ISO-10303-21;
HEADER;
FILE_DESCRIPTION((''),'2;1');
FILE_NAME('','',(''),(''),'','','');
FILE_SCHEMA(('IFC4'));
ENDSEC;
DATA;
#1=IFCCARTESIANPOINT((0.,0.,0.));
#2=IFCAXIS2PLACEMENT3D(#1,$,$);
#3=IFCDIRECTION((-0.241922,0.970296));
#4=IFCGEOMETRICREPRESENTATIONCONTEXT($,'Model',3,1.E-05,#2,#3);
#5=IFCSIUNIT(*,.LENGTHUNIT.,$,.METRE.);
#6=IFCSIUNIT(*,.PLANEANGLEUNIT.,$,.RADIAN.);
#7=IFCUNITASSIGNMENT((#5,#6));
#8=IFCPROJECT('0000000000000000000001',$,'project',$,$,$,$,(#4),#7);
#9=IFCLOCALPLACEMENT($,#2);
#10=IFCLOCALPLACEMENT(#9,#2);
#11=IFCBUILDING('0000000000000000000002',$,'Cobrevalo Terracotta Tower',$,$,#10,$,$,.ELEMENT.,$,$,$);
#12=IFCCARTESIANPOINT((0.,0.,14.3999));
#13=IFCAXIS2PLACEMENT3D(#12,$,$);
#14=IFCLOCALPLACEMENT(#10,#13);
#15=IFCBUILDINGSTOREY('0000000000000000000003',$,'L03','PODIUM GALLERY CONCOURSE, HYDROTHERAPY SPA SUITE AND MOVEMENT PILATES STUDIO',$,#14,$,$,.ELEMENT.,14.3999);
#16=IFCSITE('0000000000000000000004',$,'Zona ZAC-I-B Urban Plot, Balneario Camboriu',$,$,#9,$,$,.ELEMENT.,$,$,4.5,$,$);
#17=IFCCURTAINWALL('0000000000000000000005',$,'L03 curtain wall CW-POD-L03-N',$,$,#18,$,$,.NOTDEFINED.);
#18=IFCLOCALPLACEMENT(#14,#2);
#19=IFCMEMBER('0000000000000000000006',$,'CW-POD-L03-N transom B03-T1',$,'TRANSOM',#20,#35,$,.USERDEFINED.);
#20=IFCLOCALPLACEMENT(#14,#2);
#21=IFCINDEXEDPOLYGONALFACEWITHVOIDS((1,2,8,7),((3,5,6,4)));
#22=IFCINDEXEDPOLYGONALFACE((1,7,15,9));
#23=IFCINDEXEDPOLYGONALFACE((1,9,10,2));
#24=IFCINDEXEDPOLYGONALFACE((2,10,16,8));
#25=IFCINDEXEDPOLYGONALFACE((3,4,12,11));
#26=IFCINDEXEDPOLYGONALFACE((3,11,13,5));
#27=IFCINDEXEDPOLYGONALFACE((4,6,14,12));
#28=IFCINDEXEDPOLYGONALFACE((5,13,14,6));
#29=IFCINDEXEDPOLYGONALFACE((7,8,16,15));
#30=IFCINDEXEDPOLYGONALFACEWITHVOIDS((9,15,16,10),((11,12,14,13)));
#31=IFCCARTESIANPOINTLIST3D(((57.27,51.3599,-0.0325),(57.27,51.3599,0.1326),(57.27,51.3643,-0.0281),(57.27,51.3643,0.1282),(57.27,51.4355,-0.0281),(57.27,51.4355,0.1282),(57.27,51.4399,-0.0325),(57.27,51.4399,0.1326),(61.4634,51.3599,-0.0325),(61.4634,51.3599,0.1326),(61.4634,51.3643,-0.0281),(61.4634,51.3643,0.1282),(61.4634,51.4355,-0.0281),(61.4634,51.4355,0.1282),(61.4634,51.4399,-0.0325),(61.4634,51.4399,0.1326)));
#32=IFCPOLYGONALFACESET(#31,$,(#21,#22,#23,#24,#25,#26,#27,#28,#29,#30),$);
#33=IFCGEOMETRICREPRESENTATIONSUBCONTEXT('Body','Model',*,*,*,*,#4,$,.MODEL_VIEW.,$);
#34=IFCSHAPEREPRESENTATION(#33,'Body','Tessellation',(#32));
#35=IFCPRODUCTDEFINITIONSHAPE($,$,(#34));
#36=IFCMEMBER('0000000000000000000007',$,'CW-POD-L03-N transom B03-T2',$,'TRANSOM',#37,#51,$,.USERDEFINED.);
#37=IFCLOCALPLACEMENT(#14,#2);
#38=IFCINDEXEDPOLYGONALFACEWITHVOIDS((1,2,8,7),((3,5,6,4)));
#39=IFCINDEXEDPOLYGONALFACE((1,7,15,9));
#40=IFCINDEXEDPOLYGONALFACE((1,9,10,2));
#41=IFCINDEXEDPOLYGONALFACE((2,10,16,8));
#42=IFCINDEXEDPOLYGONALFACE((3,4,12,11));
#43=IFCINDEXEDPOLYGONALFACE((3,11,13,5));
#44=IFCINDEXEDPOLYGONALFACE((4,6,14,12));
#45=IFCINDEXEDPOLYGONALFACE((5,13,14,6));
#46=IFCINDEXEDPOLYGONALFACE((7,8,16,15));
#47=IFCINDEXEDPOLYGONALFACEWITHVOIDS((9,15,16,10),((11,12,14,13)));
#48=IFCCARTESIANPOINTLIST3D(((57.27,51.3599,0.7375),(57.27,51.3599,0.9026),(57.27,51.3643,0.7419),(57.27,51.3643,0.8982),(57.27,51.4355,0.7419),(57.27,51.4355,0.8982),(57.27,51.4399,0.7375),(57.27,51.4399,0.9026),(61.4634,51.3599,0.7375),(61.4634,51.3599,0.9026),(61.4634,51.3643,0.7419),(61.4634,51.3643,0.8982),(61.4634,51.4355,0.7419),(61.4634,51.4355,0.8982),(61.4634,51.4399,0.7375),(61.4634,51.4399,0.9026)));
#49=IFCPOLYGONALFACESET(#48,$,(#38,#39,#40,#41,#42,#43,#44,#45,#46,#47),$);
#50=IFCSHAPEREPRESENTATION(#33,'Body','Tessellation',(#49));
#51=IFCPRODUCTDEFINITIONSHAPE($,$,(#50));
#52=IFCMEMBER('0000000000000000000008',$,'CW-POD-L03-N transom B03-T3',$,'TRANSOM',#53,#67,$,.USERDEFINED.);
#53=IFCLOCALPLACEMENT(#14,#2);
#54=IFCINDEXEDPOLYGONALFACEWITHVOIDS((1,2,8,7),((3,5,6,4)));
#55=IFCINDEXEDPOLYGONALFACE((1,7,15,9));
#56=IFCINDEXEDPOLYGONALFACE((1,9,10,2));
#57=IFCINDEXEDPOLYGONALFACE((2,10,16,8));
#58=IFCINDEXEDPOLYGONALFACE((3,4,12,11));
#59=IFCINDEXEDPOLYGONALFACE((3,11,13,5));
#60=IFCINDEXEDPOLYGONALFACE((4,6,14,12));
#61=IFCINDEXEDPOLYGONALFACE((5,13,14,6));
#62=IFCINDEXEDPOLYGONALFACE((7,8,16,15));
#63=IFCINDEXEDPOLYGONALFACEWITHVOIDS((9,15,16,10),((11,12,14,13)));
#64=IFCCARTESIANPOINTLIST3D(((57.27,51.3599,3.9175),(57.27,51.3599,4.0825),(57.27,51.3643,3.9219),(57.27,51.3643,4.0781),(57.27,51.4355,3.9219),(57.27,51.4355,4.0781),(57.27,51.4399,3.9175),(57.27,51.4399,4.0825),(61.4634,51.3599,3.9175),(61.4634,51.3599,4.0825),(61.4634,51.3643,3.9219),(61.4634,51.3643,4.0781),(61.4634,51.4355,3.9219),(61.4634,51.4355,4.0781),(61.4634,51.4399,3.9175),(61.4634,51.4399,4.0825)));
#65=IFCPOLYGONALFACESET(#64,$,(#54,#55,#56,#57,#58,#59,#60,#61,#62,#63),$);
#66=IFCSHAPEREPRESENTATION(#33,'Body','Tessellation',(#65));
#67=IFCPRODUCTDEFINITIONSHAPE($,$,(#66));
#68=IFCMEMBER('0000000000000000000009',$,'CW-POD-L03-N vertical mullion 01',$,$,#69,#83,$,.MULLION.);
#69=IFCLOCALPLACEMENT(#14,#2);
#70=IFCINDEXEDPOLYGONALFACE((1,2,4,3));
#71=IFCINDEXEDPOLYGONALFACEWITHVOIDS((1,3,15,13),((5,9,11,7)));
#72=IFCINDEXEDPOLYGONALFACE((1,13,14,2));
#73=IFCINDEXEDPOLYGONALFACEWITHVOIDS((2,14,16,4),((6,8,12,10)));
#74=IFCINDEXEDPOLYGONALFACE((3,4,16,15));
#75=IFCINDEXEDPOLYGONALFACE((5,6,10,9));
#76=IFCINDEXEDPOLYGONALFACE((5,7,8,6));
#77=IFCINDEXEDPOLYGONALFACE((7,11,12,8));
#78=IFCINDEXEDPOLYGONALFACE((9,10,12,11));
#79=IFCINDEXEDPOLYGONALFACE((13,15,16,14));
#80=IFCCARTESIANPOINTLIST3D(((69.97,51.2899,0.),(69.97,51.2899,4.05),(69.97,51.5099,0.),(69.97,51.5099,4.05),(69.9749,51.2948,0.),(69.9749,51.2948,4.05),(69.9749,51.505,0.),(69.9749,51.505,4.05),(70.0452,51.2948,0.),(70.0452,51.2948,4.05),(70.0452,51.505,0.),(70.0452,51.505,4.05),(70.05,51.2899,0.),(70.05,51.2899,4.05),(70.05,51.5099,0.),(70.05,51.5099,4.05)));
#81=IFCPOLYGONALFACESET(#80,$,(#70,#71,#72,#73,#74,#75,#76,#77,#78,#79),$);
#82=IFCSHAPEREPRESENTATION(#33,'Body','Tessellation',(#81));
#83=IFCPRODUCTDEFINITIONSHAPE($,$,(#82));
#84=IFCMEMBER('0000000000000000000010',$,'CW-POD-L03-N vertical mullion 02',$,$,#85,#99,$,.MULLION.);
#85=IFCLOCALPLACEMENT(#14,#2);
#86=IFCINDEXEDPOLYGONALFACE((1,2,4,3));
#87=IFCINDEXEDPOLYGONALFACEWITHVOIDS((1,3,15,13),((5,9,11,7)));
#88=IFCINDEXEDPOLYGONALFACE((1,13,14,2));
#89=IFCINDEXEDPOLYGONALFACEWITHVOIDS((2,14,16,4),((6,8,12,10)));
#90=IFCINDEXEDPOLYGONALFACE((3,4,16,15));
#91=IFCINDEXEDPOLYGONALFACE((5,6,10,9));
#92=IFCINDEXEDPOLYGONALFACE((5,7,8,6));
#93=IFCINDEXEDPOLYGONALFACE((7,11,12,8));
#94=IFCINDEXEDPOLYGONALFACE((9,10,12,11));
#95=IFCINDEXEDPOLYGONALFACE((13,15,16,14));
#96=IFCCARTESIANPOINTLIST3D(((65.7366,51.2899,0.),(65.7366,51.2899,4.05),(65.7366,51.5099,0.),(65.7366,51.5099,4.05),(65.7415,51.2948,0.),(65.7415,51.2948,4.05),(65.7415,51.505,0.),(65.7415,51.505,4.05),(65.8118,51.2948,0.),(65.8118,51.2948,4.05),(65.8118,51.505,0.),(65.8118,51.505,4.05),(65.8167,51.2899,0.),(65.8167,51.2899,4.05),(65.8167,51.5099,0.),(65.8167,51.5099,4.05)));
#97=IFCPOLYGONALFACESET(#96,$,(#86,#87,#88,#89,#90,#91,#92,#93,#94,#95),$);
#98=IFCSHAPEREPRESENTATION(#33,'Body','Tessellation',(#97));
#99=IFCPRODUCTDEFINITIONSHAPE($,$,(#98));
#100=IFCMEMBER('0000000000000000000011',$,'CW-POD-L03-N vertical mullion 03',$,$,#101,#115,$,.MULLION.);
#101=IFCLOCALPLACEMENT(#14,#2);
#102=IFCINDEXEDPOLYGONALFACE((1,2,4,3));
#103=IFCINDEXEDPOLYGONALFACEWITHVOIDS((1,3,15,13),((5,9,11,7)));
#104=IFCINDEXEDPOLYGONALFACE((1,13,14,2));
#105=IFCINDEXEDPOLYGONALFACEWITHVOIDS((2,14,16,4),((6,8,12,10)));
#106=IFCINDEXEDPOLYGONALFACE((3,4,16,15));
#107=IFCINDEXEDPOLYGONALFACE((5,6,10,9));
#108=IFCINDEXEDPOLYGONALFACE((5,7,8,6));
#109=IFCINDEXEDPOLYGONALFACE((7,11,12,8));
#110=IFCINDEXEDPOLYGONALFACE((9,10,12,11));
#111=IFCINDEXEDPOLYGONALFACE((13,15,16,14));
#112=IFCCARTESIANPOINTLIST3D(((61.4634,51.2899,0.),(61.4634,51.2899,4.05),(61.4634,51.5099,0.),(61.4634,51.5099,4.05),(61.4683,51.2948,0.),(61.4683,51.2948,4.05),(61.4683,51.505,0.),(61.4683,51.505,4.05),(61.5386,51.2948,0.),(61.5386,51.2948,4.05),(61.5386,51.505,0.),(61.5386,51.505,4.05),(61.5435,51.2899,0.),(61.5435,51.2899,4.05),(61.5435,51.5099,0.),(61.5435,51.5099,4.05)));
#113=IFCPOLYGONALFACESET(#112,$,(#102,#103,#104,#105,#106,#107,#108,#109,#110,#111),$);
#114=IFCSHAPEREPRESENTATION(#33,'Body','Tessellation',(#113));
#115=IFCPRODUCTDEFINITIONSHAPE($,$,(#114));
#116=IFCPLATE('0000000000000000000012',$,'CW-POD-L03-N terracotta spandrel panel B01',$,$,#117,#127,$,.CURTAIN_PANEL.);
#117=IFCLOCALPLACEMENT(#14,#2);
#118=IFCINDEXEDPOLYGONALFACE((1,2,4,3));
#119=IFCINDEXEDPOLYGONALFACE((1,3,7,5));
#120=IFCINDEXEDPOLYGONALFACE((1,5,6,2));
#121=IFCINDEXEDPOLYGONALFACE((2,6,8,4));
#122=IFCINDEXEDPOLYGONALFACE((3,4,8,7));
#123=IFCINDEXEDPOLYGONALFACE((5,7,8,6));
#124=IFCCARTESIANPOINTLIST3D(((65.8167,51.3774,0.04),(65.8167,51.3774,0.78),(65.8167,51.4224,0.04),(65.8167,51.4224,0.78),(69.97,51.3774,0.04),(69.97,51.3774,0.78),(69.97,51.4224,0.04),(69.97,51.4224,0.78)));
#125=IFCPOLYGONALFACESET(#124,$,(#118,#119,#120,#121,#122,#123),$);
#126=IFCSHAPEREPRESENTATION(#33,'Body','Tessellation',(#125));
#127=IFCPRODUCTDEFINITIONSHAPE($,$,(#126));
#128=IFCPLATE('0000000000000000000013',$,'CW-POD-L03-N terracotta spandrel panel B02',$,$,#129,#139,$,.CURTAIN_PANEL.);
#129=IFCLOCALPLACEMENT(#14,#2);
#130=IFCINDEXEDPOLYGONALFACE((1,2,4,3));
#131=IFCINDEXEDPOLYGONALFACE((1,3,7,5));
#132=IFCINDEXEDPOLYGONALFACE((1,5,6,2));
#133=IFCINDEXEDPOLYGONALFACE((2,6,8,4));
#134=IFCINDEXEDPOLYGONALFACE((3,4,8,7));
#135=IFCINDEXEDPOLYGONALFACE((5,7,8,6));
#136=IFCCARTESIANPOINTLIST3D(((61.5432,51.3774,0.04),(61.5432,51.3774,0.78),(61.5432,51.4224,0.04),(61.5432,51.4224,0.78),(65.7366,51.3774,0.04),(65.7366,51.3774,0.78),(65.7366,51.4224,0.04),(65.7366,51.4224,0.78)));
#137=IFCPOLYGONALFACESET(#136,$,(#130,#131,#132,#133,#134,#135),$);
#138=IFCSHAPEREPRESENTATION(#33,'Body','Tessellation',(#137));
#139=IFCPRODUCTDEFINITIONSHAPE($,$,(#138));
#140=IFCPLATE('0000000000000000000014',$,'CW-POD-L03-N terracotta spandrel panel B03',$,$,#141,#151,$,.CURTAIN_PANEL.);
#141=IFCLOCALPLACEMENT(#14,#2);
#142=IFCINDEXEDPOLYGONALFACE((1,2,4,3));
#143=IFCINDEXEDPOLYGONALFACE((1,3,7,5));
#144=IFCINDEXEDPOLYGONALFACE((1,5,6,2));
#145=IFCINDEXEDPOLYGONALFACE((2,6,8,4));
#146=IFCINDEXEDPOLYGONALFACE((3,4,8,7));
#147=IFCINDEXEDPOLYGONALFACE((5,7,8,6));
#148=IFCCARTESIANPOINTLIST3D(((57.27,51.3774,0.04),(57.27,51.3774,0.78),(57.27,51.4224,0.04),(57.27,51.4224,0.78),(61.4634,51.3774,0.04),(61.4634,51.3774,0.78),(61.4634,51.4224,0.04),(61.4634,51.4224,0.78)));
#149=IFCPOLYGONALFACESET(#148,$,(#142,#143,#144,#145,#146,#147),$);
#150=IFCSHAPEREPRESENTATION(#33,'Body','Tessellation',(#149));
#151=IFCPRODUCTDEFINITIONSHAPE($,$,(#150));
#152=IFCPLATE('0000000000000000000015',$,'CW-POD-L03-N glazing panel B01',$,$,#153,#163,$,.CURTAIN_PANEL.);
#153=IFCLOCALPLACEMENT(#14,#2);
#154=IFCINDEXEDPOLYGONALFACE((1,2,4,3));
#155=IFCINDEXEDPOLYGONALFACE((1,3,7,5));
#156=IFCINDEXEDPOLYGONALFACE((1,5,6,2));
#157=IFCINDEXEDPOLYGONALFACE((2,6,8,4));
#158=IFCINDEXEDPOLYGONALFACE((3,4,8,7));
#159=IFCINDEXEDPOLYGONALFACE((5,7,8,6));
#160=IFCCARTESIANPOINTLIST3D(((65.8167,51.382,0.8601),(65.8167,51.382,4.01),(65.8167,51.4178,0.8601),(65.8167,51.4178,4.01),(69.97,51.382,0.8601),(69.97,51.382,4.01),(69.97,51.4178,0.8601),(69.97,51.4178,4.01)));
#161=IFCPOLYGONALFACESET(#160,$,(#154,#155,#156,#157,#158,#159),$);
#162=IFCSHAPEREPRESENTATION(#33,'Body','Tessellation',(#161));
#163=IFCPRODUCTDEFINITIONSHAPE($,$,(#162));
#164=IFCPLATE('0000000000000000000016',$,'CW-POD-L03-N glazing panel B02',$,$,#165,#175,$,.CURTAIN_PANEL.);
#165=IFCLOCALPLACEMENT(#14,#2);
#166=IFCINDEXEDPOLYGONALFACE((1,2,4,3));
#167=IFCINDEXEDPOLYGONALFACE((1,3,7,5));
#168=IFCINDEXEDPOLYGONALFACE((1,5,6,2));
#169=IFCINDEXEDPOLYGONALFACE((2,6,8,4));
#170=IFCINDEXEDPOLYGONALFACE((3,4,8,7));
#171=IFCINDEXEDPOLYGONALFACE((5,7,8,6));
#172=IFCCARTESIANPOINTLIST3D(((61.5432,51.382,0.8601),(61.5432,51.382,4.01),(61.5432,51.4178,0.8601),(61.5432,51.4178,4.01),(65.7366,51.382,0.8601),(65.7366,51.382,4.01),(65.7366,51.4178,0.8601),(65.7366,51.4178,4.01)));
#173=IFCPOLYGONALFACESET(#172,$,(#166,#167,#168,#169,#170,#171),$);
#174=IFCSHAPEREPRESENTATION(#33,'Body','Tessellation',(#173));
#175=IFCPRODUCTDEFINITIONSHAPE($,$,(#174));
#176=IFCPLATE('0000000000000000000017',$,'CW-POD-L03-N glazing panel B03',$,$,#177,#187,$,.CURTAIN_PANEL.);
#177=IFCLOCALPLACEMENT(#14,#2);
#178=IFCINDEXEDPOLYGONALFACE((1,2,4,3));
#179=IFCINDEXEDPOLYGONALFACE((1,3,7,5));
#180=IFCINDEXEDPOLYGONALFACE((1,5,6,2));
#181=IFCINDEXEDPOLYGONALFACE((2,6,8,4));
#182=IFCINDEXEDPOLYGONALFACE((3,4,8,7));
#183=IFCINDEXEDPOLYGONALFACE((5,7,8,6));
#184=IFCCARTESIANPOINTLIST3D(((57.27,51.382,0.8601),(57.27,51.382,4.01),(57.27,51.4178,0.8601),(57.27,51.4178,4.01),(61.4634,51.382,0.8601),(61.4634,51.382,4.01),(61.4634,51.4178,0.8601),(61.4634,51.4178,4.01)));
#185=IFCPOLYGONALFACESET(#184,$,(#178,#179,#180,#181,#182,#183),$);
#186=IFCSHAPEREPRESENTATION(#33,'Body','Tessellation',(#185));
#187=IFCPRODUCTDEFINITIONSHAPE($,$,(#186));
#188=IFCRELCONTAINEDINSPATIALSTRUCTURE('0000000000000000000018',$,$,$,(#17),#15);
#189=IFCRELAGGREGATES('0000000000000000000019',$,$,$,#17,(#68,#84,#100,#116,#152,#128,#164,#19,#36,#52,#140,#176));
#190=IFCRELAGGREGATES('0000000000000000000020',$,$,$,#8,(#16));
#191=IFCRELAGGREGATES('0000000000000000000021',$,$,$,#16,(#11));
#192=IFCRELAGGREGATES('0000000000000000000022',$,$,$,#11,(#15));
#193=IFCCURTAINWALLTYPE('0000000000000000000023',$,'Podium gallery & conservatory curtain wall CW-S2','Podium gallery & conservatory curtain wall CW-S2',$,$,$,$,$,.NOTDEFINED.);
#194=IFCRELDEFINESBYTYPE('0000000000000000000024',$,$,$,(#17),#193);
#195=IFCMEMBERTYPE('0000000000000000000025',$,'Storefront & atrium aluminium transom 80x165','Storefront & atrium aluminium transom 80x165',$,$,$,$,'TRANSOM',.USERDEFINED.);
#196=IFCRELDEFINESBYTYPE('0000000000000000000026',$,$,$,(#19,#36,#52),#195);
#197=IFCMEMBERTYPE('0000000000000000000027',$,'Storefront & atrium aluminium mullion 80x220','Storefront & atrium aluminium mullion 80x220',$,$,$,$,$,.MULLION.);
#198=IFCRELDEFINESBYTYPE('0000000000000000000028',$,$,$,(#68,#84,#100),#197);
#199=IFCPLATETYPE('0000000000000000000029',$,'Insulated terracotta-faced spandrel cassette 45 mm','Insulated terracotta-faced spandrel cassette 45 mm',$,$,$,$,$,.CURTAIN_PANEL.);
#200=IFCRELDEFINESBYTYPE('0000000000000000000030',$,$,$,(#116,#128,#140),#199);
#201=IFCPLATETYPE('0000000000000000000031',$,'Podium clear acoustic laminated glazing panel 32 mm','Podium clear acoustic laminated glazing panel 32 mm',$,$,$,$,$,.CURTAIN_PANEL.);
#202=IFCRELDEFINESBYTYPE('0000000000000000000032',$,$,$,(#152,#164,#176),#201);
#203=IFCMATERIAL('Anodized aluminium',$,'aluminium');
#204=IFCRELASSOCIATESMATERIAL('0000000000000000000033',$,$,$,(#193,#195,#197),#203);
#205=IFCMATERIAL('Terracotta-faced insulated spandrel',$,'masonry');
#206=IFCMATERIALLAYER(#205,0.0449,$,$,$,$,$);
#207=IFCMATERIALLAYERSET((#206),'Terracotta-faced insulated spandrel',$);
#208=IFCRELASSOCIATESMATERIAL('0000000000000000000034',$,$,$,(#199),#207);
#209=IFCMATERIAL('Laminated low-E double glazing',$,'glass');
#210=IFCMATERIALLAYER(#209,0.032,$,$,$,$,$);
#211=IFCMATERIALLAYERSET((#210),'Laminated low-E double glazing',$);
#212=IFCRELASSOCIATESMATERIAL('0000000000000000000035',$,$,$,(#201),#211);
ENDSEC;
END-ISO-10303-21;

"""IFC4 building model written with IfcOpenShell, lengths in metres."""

from ifc_helpers import new_model, si_unit, direction, frame, origin, origin_2d, place, context, subcontext, project, spatial, rectangle, hollow_rectangle, extrude, source, transform, mapped, material, layer, layer_set, material_profile, profile_set, type_object, element, aggregate, save


model = new_model("IFC4")

# Units and contexts
model_context = context("Model", 3, precision=1e-05, world=origin(), true_north=direction((-0.241922, 0.970296)))
body_context = subcontext(model_context, "Body", "Model", "MODEL_VIEW")
ifc_project = project(units=[si_unit("LENGTHUNIT", "METRE"), si_unit("PLANEANGLEUNIT", "RADIAN")], contexts=[model_context])

# Site, building, storey
site_placement = place(None, origin())
site = spatial("IfcSite", under=ifc_project, at=site_placement, Name="Zona ZAC-I-B Urban Plot, Balneario Camboriu", CompositionType="ELEMENT", RefElevation=4.5)
building_placement = place(site_placement, origin())
building = spatial("IfcBuilding", under=site, at=building_placement, Name="Cobrevalo Terracotta Tower", CompositionType="ELEMENT")
storey_placement = place(building_placement, frame((0.0, 0.0, 14.3999)))
storey = spatial("IfcBuildingStorey", under=building, at=storey_placement, Name="L03", Description="PODIUM GALLERY CONCOURSE, HYDROTHERAPY SPA SUITE AND MOVEMENT PILATES STUDIO", CompositionType="ELEMENT", Elevation=14.3999)

# Curtain wall, members, plates
ifc_material_1 = material(Name="Anodized aluminium", Category="aluminium")
curtain_wall_type = type_object("IfcCurtainWallType", Name="Podium gallery & conservatory curtain wall CW-S2", Description="Podium gallery & conservatory curtain wall CW-S2", PredefinedType="NOTDEFINED", material=ifc_material_1)
curtain_wall_placement = place(storey_placement, origin())
curtain_wall = element("IfcCurtainWall", 1, at=curtain_wall_placement, inside=storey, type_object=curtain_wall_type, Name="L03 curtain wall CW-POD-L03-N", PredefinedType="NOTDEFINED")
ifc_material_profile_1 = material_profile(ifc_material_1, hollow_rectangle(XDim=0.0801, YDim=0.165, WallThickness=0.0044, at=origin_2d()), Name="CWT 80x165")
ifc_profile_set_1 = profile_set([ifc_material_profile_1], Name="Anodized aluminium")
member_type_1 = type_object("IfcMemberType", Name="Storefront & atrium aluminium transom 80x165", Description="Storefront & atrium aluminium transom 80x165", ElementType="TRANSOM", PredefinedType="USERDEFINED", material=ifc_profile_set_1)
shared_shape_1 = source(origin(), body_context, "Body", "SweptSolid", [
    extrude(hollow_rectangle(XDim=0.0801, YDim=0.165, WallThickness=0.0044, at=origin_2d()), origin(), (0.0, 0.0, 1.0), 4.1934),
])
member_1_placement = place(storey_placement, frame((61.4634, 51.3999, 0.05), z_axis=(-1.0, 0.0, 0.0), x_axis=(0.0, -1.0, 0.0)))
member_1 = element("IfcMember", 2, at=member_1_placement, type_object=member_type_1, Name="CW-POD-L03-N transom B03-T1", ObjectType="TRANSOM", PredefinedType="USERDEFINED", context=body_context, shape_type="MappedRepresentation", body=[
    mapped(shared_shape_1, transform((0.0, 0.0, 0.0), scale=1.0)),
])
member_2_placement = place(storey_placement, frame((61.4634, 51.3999, 0.8201), z_axis=(-1.0, 0.0, 0.0), x_axis=(0.0, -1.0, 0.0)))
member_2 = element("IfcMember", 3, at=member_2_placement, type_object=member_type_1, Name="CW-POD-L03-N transom B03-T2", ObjectType="TRANSOM", PredefinedType="USERDEFINED", context=body_context, shape_type="MappedRepresentation", body=[
    mapped(shared_shape_1, transform((0.0, 0.0, 0.0), scale=1.0)),
])
member_3_placement = place(storey_placement, frame((61.4634, 51.3999, 4.0), z_axis=(-1.0, 0.0, 0.0), x_axis=(0.0, -1.0, 0.0)))
member_3 = element("IfcMember", 4, at=member_3_placement, type_object=member_type_1, Name="CW-POD-L03-N transom B03-T3", ObjectType="TRANSOM", PredefinedType="USERDEFINED", context=body_context, shape_type="MappedRepresentation", body=[
    mapped(shared_shape_1, transform((0.0, 0.0, 0.0), scale=1.0)),
])
ifc_material_profile_2 = material_profile(ifc_material_1, hollow_rectangle(XDim=0.0801, YDim=0.22, WallThickness=0.0049, at=origin_2d()), Name="CWM 80x220")
ifc_profile_set_2 = profile_set([ifc_material_profile_2], Name="Anodized aluminium")
member_type_2 = type_object("IfcMemberType", Name="Storefront & atrium aluminium mullion 80x220", Description="Storefront & atrium aluminium mullion 80x220", PredefinedType="MULLION", material=ifc_profile_set_2)
shared_shape_2 = source(origin(), body_context, "Body", "SweptSolid", [
    extrude(hollow_rectangle(XDim=0.0801, YDim=0.22, WallThickness=0.0049, at=origin_2d()), origin(), (0.0, 0.0, 1.0), 4.05),
])
member_4_placement = place(storey_placement, frame((70.01, 51.3999, 0.0), z_axis=(0.0, 0.0, 1.0), x_axis=(-1.0, 0.0, 0.0)))
member_4 = element("IfcMember", 5, at=member_4_placement, type_object=member_type_2, Name="CW-POD-L03-N vertical mullion 01", PredefinedType="MULLION", context=body_context, shape_type="MappedRepresentation", body=[
    mapped(shared_shape_2, transform((0.0, 0.0, 0.0), scale=1.0)),
])
member_5_placement = place(storey_placement, frame((65.7766, 51.3999, 0.0), z_axis=(0.0, 0.0, 1.0), x_axis=(-1.0, 0.0, 0.0)))
member_5 = element("IfcMember", 6, at=member_5_placement, type_object=member_type_2, Name="CW-POD-L03-N vertical mullion 02", PredefinedType="MULLION", context=body_context, shape_type="MappedRepresentation", body=[
    mapped(shared_shape_2, transform((0.0, 0.0, 0.0), scale=1.0)),
])
member_6_placement = place(storey_placement, frame((61.5034, 51.3999, 0.0), z_axis=(0.0, 0.0, 1.0), x_axis=(-1.0, 0.0, 0.0)))
member_6 = element("IfcMember", 7, at=member_6_placement, type_object=member_type_2, Name="CW-POD-L03-N vertical mullion 03", PredefinedType="MULLION", context=body_context, shape_type="MappedRepresentation", body=[
    mapped(shared_shape_2, transform((0.0, 0.0, 0.0), scale=1.0)),
])
ifc_material_2 = material(Name="Terracotta-faced insulated spandrel", Category="masonry")
ifc_layer_1 = layer(ifc_material_2, 0.0449)
ifc_layer_set_1 = layer_set([ifc_layer_1], Name="Terracotta-faced insulated spandrel")
plate_type_1 = type_object("IfcPlateType", Name="Insulated terracotta-faced spandrel cassette 45 mm", Description="Insulated terracotta-faced spandrel cassette 45 mm", PredefinedType="CURTAIN_PANEL", material=ifc_layer_set_1)
shared_shape_3 = source(origin(), body_context, "Body", "SweptSolid", [
    extrude(rectangle(XDim=4.1533, YDim=0.0449, at=origin_2d()), origin(), (0.0, 0.0, 1.0), 0.74),
])
plate_1_placement = place(storey_placement, frame((67.8933, 51.3999, 0.04), z_axis=(0.0, 0.0, 1.0), x_axis=(-1.0, 0.0, 0.0)))
plate_1 = element("IfcPlate", 8, at=plate_1_placement, type_object=plate_type_1, Name="CW-POD-L03-N terracotta spandrel panel B01", PredefinedType="CURTAIN_PANEL", context=body_context, shape_type="MappedRepresentation", body=[
    mapped(shared_shape_3, transform((0.0, 0.0, 0.0), scale=1.0)),
])
shared_shape_4 = source(origin(), body_context, "Body", "SweptSolid", [
    extrude(rectangle(XDim=4.1934, YDim=0.0449, at=origin_2d()), origin(), (0.0, 0.0, 1.0), 0.74),
])
plate_2_placement = place(storey_placement, frame((63.6399, 51.3999, 0.04), z_axis=(0.0, 0.0, 1.0), x_axis=(-1.0, 0.0, 0.0)))
plate_2 = element("IfcPlate", 9, at=plate_2_placement, type_object=plate_type_1, Name="CW-POD-L03-N terracotta spandrel panel B02", PredefinedType="CURTAIN_PANEL", context=body_context, shape_type="MappedRepresentation", body=[
    mapped(shared_shape_4, transform((0.0, 0.0, 0.0), scale=1.0)),
])
plate_3_placement = place(storey_placement, frame((59.3667, 51.3999, 0.04), z_axis=(0.0, 0.0, 1.0), x_axis=(-1.0, 0.0, 0.0)))
plate_3 = element("IfcPlate", 10, at=plate_3_placement, type_object=plate_type_1, Name="CW-POD-L03-N terracotta spandrel panel B03", PredefinedType="CURTAIN_PANEL", context=body_context, shape_type="MappedRepresentation", body=[
    mapped(shared_shape_4, transform((0.0, 0.0, 0.0), scale=1.0)),
])
ifc_material_3 = material(Name="Laminated low-E double glazing", Category="glass")
ifc_layer_2 = layer(ifc_material_3, 0.032)
ifc_layer_set_2 = layer_set([ifc_layer_2], Name="Laminated low-E double glazing")
plate_type_2 = type_object("IfcPlateType", Name="Podium clear acoustic laminated glazing panel 32 mm", Description="Podium clear acoustic laminated glazing panel 32 mm", PredefinedType="CURTAIN_PANEL", material=ifc_layer_set_2)
shared_shape_5 = source(origin(), body_context, "Body", "SweptSolid", [
    extrude(rectangle(XDim=4.1533, YDim=0.0359, at=origin_2d()), origin(), (0.0, 0.0, 1.0), 3.1499),
])
plate_4_placement = place(storey_placement, frame((67.8933, 51.3999, 0.8601), z_axis=(0.0, 0.0, 1.0), x_axis=(-1.0, 0.0, 0.0)))
plate_4 = element("IfcPlate", 11, at=plate_4_placement, type_object=plate_type_2, Name="CW-POD-L03-N glazing panel B01", PredefinedType="CURTAIN_PANEL", context=body_context, shape_type="MappedRepresentation", body=[
    mapped(shared_shape_5, transform((0.0, 0.0, 0.0), scale=1.0)),
])
shared_shape_6 = source(origin(), body_context, "Body", "SweptSolid", [
    extrude(rectangle(XDim=4.1934, YDim=0.0359, at=origin_2d()), origin(), (0.0, 0.0, 1.0), 3.1499),
])
plate_5_placement = place(storey_placement, frame((63.6399, 51.3999, 0.8601), z_axis=(0.0, 0.0, 1.0), x_axis=(-1.0, 0.0, 0.0)))
plate_5 = element("IfcPlate", 12, at=plate_5_placement, type_object=plate_type_2, Name="CW-POD-L03-N glazing panel B02", PredefinedType="CURTAIN_PANEL", context=body_context, shape_type="MappedRepresentation", body=[
    mapped(shared_shape_6, transform((0.0, 0.0, 0.0), scale=1.0)),
])
plate_6_placement = place(storey_placement, frame((59.3667, 51.3999, 0.8601), z_axis=(0.0, 0.0, 1.0), x_axis=(-1.0, 0.0, 0.0)))
plate_6 = element("IfcPlate", 13, at=plate_6_placement, type_object=plate_type_2, Name="CW-POD-L03-N glazing panel B03", PredefinedType="CURTAIN_PANEL", context=body_context, shape_type="MappedRepresentation", body=[
    mapped(shared_shape_6, transform((0.0, 0.0, 0.0), scale=1.0)),
])
aggregate(curtain_wall, [member_4, member_5, member_6, plate_1, plate_4, plate_2, plate_5, member_1, member_2, member_3, plate_3, plate_6])

save(model, "model.ifc")
